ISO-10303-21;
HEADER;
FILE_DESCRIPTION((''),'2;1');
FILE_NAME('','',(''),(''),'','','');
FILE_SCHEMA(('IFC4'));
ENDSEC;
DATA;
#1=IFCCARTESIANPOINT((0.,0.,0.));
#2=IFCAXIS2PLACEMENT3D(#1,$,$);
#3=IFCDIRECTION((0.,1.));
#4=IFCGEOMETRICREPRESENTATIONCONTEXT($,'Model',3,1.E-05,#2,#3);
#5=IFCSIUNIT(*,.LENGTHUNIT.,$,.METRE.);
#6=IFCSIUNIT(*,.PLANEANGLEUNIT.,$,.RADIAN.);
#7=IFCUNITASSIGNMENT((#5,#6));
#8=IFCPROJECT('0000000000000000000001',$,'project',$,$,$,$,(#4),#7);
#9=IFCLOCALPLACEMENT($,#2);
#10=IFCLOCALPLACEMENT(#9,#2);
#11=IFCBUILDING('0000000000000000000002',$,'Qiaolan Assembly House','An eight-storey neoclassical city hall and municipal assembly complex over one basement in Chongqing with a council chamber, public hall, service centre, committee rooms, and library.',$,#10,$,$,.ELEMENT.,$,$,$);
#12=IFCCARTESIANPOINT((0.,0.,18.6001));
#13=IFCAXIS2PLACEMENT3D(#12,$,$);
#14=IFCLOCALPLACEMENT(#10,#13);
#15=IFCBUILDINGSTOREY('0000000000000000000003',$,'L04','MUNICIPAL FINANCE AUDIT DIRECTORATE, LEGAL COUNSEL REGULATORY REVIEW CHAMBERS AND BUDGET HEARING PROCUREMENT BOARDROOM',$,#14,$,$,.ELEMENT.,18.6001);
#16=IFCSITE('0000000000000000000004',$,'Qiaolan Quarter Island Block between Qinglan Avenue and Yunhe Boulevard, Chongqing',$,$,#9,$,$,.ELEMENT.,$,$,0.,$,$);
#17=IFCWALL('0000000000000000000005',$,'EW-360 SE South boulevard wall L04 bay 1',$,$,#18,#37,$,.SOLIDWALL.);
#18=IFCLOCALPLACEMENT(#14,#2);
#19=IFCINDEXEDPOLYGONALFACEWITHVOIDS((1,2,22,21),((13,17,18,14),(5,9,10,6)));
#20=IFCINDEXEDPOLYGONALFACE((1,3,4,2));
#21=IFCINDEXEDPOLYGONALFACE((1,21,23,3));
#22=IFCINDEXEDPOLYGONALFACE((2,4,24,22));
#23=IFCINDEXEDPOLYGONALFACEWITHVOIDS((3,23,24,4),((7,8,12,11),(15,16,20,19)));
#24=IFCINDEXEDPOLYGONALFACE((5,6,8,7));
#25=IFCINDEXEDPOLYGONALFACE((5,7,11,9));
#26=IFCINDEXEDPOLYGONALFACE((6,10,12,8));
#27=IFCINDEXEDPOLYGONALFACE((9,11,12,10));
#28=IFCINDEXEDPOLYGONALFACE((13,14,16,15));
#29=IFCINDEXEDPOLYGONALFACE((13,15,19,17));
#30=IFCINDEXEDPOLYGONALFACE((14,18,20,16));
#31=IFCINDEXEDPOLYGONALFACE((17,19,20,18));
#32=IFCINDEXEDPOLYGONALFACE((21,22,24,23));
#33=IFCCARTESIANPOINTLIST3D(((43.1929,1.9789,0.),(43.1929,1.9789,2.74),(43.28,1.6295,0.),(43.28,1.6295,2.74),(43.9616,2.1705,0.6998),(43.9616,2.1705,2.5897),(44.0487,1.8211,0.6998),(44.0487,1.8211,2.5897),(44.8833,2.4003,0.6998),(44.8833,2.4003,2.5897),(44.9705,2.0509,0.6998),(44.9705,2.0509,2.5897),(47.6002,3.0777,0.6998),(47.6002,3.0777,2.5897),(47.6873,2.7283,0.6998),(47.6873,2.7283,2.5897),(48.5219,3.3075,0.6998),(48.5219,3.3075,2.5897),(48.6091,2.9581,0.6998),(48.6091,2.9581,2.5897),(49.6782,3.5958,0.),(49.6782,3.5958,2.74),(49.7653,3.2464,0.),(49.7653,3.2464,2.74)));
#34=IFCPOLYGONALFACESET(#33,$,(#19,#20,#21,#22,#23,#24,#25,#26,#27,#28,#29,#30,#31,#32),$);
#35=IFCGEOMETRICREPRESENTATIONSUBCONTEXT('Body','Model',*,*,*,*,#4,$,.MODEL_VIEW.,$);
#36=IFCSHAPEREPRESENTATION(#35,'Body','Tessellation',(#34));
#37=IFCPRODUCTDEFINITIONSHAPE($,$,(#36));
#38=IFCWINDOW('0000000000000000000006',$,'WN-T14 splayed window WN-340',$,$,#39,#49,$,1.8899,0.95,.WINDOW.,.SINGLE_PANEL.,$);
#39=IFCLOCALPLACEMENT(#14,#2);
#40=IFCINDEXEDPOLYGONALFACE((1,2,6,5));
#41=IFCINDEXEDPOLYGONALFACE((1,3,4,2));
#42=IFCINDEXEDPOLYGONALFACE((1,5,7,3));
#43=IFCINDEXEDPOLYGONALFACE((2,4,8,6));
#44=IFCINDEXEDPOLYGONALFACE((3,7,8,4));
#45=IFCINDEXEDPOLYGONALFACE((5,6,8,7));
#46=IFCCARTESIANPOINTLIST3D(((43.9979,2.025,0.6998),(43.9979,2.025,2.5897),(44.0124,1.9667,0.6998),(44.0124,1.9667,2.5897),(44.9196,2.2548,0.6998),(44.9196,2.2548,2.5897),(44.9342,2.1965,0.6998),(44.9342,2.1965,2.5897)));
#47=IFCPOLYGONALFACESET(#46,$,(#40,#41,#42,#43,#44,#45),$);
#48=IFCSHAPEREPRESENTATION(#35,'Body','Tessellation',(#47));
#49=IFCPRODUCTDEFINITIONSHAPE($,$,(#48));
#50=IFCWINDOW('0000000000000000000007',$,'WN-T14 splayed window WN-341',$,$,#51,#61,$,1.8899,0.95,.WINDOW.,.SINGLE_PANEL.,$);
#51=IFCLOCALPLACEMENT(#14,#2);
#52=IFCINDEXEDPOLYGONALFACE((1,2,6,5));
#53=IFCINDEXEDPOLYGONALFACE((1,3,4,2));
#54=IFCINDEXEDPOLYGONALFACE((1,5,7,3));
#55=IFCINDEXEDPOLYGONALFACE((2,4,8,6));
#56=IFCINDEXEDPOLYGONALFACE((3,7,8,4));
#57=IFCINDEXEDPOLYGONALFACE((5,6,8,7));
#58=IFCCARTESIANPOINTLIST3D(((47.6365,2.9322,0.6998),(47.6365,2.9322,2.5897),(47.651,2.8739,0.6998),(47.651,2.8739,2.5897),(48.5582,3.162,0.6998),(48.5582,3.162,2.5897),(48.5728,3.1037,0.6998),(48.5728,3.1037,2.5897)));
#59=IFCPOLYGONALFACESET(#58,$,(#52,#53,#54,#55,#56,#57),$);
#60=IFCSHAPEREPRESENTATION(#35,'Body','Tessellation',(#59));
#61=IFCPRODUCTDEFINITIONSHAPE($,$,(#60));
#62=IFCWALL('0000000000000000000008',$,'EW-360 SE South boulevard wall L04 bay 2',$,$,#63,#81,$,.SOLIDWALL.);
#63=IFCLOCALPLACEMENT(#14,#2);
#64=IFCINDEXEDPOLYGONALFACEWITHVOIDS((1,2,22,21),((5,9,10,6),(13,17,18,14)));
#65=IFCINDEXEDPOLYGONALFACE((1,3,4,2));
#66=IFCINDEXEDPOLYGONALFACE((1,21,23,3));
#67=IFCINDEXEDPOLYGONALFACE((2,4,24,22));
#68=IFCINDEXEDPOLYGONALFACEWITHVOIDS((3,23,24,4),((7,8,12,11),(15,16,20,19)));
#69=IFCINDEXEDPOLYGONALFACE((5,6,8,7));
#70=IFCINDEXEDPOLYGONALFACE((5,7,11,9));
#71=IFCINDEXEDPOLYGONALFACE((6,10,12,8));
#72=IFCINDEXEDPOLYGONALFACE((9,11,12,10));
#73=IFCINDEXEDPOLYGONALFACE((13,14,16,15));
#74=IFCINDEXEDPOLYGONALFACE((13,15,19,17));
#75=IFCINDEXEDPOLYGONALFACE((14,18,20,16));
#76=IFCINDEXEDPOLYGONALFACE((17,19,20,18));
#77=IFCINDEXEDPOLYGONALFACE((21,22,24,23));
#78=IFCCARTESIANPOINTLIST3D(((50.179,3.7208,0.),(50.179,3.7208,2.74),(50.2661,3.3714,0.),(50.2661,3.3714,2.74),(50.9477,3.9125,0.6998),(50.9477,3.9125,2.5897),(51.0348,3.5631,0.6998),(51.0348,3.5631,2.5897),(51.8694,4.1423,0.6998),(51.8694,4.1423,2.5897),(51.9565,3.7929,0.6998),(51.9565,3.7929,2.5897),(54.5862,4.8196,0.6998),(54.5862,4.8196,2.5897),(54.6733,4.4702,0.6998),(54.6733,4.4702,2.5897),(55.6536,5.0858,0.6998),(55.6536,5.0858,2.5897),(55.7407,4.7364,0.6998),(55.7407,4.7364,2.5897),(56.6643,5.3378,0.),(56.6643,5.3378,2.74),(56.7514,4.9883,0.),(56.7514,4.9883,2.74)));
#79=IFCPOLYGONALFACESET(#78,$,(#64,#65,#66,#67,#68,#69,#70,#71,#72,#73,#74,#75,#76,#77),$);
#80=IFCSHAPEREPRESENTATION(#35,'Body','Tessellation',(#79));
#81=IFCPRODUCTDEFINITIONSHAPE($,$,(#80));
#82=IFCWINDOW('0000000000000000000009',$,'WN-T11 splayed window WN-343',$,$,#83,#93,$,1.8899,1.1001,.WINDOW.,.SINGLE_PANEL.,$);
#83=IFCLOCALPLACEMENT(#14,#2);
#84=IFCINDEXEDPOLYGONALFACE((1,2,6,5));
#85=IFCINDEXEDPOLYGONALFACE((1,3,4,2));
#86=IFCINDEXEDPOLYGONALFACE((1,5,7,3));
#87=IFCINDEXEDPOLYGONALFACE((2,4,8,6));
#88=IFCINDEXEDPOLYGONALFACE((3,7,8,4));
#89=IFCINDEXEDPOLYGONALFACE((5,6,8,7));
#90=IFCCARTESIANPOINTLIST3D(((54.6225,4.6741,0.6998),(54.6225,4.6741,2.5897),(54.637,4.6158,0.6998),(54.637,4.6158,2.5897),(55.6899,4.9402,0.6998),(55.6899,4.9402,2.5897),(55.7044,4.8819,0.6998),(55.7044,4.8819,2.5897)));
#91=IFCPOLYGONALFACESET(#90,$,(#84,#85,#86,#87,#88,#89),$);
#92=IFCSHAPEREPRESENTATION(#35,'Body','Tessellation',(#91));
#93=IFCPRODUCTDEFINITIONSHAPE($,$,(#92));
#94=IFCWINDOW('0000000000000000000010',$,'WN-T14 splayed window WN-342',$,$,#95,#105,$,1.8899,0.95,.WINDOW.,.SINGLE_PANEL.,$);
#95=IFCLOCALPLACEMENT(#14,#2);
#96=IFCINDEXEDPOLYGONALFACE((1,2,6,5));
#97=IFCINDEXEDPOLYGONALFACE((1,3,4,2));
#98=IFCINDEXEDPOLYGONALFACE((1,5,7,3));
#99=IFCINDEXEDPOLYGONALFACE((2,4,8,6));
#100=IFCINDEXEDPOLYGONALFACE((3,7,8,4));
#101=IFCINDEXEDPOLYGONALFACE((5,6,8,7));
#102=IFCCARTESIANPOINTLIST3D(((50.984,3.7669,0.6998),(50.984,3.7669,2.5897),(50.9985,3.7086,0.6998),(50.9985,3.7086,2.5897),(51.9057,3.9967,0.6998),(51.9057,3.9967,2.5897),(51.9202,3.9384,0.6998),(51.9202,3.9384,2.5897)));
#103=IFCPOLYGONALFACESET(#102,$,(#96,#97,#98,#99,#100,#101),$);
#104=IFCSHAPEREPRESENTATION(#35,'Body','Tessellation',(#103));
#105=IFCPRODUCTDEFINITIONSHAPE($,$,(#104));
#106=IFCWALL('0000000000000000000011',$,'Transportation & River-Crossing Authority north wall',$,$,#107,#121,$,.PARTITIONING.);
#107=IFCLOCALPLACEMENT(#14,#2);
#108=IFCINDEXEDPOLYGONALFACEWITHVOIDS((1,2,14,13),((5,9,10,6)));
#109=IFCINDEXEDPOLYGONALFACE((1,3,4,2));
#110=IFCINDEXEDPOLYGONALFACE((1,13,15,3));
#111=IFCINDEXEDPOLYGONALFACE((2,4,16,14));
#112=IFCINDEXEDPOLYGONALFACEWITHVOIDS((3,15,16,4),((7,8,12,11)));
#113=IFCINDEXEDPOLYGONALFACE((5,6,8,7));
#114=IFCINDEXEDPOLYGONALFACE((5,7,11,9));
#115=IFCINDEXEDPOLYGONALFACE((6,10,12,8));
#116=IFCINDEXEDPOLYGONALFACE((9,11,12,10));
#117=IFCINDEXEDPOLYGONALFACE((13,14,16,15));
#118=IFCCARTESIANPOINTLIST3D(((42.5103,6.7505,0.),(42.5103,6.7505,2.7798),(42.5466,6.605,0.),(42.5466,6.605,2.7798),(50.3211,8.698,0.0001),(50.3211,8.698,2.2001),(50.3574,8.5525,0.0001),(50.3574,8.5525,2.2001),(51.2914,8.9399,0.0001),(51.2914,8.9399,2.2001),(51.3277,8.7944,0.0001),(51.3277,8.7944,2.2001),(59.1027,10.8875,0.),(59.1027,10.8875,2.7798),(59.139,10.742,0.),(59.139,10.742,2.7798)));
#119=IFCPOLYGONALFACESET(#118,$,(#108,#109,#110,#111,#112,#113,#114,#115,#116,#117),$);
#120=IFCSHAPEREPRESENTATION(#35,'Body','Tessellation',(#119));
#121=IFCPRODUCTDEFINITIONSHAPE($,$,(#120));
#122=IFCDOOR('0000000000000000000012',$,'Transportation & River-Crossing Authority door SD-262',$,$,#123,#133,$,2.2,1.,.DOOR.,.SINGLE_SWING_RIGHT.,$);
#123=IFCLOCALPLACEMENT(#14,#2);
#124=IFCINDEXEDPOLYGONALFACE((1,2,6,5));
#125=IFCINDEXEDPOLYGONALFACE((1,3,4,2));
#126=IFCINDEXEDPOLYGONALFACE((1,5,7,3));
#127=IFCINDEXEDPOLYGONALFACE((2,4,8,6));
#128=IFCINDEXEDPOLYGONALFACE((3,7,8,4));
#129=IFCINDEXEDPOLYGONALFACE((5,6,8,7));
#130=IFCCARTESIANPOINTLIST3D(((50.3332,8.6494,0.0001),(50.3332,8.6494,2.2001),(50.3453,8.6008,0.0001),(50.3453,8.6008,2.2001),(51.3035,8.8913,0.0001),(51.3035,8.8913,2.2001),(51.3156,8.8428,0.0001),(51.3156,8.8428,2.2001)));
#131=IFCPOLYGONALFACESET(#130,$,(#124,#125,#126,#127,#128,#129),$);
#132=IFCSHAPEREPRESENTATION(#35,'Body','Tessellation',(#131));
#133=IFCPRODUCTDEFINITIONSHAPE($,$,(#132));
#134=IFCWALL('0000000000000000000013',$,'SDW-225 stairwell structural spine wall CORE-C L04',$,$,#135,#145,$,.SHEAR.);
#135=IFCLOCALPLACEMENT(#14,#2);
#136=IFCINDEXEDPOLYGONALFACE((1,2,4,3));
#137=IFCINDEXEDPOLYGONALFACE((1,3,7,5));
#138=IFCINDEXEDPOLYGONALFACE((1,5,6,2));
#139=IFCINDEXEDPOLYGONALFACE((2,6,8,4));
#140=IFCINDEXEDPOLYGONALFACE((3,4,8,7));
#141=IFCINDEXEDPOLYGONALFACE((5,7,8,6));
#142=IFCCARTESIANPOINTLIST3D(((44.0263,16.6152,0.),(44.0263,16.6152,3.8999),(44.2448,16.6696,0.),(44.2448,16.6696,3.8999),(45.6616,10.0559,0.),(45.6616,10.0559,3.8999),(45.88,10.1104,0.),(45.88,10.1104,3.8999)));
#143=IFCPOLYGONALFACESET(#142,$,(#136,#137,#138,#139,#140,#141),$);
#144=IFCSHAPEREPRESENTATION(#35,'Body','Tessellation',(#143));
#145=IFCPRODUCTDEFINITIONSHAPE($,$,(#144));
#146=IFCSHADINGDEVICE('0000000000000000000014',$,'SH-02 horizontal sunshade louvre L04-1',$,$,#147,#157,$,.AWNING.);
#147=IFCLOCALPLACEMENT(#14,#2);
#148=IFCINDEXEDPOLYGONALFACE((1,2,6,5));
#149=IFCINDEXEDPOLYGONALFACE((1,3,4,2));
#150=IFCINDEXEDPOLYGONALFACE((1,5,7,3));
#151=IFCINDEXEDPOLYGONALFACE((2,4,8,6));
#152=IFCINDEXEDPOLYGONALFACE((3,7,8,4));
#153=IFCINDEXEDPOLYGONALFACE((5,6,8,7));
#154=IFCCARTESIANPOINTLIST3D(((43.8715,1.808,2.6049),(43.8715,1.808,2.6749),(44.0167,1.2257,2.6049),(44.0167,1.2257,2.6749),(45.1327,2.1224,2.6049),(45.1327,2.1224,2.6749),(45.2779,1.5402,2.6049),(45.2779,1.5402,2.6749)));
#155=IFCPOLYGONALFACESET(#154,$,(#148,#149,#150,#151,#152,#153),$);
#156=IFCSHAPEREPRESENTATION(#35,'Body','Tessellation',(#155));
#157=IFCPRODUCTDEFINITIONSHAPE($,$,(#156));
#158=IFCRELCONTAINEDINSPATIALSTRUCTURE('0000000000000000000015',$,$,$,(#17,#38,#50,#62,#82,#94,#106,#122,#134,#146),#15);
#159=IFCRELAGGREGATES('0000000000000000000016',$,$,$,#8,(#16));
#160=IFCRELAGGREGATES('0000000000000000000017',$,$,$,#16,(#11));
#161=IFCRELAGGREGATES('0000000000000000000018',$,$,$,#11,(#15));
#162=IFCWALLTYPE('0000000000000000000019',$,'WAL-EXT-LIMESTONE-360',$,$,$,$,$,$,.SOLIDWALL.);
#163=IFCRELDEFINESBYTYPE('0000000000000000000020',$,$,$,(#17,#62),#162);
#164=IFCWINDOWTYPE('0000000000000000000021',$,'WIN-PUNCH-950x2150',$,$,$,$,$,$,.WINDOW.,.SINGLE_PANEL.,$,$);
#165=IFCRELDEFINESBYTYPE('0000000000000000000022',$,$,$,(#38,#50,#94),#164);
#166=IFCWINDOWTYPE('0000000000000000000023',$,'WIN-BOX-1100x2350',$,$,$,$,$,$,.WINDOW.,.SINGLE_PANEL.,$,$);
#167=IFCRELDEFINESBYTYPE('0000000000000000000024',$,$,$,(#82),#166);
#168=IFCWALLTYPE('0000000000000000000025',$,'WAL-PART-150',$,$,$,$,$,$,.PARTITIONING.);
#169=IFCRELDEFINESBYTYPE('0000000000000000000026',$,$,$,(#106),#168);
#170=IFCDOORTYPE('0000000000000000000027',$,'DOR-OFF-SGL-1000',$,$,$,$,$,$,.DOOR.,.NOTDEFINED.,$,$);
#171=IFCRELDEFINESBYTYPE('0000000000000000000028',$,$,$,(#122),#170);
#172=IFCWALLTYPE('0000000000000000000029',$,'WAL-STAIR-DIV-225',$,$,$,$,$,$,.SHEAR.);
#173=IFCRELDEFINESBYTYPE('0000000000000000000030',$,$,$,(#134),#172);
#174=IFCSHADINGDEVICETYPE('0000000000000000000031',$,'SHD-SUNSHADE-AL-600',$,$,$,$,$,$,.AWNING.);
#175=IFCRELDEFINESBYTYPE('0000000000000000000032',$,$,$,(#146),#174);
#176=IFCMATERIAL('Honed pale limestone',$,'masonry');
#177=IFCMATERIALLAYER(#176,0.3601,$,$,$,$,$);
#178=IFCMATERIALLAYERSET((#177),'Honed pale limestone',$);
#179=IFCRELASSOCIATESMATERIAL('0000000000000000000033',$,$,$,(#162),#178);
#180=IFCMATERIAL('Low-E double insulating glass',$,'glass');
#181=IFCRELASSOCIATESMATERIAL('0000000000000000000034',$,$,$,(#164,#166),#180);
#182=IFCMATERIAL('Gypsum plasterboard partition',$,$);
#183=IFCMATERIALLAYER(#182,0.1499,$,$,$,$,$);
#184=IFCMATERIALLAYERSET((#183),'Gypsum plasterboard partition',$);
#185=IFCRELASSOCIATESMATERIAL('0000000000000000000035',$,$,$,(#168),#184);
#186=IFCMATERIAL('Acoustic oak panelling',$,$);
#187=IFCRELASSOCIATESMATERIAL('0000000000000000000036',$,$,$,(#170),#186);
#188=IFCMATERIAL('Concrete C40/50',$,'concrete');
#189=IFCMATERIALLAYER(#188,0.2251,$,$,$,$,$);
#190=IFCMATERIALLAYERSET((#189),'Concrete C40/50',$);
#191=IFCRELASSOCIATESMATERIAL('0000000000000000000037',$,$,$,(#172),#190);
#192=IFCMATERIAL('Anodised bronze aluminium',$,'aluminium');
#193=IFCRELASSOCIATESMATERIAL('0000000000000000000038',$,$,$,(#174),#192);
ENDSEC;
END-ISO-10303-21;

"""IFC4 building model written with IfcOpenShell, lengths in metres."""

from ifc_helpers import new_model, si_unit, direction, frame, frame_2d, origin, origin_2d, place, context, subcontext, project, spatial, rectangle, extrude, material, layer, layer_set, material_profile, profile_set, type_object, element, fill, save


model = new_model("IFC4")

# Units and contexts
model_context = context("Model", 3, precision=1e-05, world=origin(), true_north=direction((0.0, 1.0)))
body_context = subcontext(model_context, "Body", "Model", "MODEL_VIEW")
ifc_project = project(units=[si_unit("LENGTHUNIT", "METRE"), si_unit("PLANEANGLEUNIT", "RADIAN")], contexts=[model_context])

# Site, building, storey
site_placement = place(None, origin())
site = spatial("IfcSite", under=ifc_project, at=site_placement, Name="Qiaolan Quarter Island Block between Qinglan Avenue and Yunhe Boulevard, Chongqing", CompositionType="ELEMENT", RefElevation=0.0)
building_placement = place(site_placement, origin())
building = spatial("IfcBuilding", under=site, at=building_placement, Name="Qiaolan Assembly House", Description="An eight-storey neoclassical city hall and municipal assembly complex over one basement in Chongqing with a council chamber, public hall, service centre, committee rooms, and library.", CompositionType="ELEMENT")
storey_placement = place(building_placement, frame((0.0, 0.0, 18.6001)))
storey = spatial("IfcBuildingStorey", under=building, at=storey_placement, Name="L04", Description="MUNICIPAL FINANCE AUDIT DIRECTORATE, LEGAL COUNSEL REGULATORY REVIEW CHAMBERS AND BUDGET HEARING PROCUREMENT BOARDROOM", CompositionType="ELEMENT", Elevation=18.6001)

# Shared definitions
ifc_material_1 = material(Name="Concrete C40/50", Category="concrete")

# Walls, openings, windows
ifc_material_2 = material(Name="Honed pale limestone", Category="masonry")
ifc_layer_1 = layer(ifc_material_2, 0.3601)
ifc_layer_set_1 = layer_set([ifc_layer_1], Name="Honed pale limestone")
wall_type_1 = type_object("IfcWallType", Name="WAL-EXT-LIMESTONE-360", PredefinedType="SOLIDWALL", material=ifc_layer_set_1)
wall_1_placement = place(storey_placement, frame((43.2366, 1.8042, 0.0), z_axis=(0.0, 0.0, 1.0), x_axis=(0.970297, 0.241917, 0.0)))
wall_1 = element("IfcWall", 1, at=wall_1_placement, inside=storey, type_object=wall_type_1, Name="EW-360 SE South boulevard wall L04 bay 1", PredefinedType="SOLIDWALL", context=body_context, shape_type="SweptSolid", body=[
    extrude(rectangle(XDim=6.6838, YDim=0.3601, at=frame_2d((3.3418, 0.0))), origin(), (0.0, 0.0, 1.0), 2.74),
])
opening_1_placement = place(wall_1_placement, frame((0.792, 0.0, 0.7)))
opening_1 = element("IfcOpeningElement", 2, at=opening_1_placement, cuts=wall_1, PredefinedType="OPENING", context=body_context, shape_type="SweptSolid", body=[
    extrude(rectangle(XDim=0.95, YDim=1.8899, at=frame_2d((0.4751, 0.9448))), frame((0.0, 0.1899, 0.0), z_axis=(0.0, -1.0, 0.0), x_axis=(1.0, 0.0, 0.0)), (0.0, 0.0, 1.0), 0.3801),
])
opening_2_placement = place(wall_1_placement, frame((4.542, 0.0, 0.7)))
opening_2 = element("IfcOpeningElement", 3, at=opening_2_placement, cuts=wall_1, PredefinedType="OPENING", context=body_context, shape_type="SweptSolid", body=[
    extrude(rectangle(XDim=0.95, YDim=1.8899, at=frame_2d((0.4751, 0.9448))), frame((0.0, 0.1899, 0.0), z_axis=(0.0, -1.0, 0.0), x_axis=(1.0, 0.0, 0.0)), (0.0, 0.0, 1.0), 0.3801),
])
ifc_material_3 = material(Name="Low-E double insulating glass", Category="glass")
window_type_1 = type_object("IfcWindowType", Name="WIN-PUNCH-950x2150", PartitioningType="SINGLE_PANEL", PredefinedType="WINDOW", material=ifc_material_3)
window_1_placement = place(opening_1_placement, origin())
window_1 = element("IfcWindow", 4, at=window_1_placement, inside=storey, type_object=window_type_1, Name="WN-T14 splayed window WN-340", OverallHeight=1.8899, OverallWidth=0.95, PartitioningType="SINGLE_PANEL", PredefinedType="WINDOW", context=body_context, shape_type="SweptSolid", body=[
    extrude(rectangle(XDim=0.95, YDim=1.8899, at=frame_2d((0.4751, 0.9448))), frame((0.0, 0.03, 0.0), z_axis=(0.0, -1.0, 0.0), x_axis=(1.0, 0.0, 0.0)), (0.0, 0.0, 1.0), 0.0601),
])
fill(opening_1, window_1)
window_2_placement = place(opening_2_placement, origin())
window_2 = element("IfcWindow", 5, at=window_2_placement, inside=storey, type_object=window_type_1, Name="WN-T14 splayed window WN-341", OverallHeight=1.8899, OverallWidth=0.95, PartitioningType="SINGLE_PANEL", PredefinedType="WINDOW", context=body_context, shape_type="SweptSolid", body=[
    extrude(rectangle(XDim=0.95, YDim=1.8899, at=frame_2d((0.4751, 0.9448))), frame((0.0, 0.03, 0.0), z_axis=(0.0, -1.0, 0.0), x_axis=(1.0, 0.0, 0.0)), (0.0, 0.0, 1.0), 0.0601),
])
fill(opening_2, window_2)
wall_2_placement = place(storey_placement, frame((50.2227, 3.5461, 0.0), z_axis=(0.0, 0.0, 1.0), x_axis=(0.970297, 0.241917, 0.0)))
wall_2 = element("IfcWall", 6, at=wall_2_placement, inside=storey, type_object=wall_type_1, Name="EW-360 SE South boulevard wall L04 bay 2", PredefinedType="SOLIDWALL", context=body_context, shape_type="SweptSolid", body=[
    extrude(rectangle(XDim=6.6838, YDim=0.3601, at=frame_2d((3.3418, 0.0))), origin(), (0.0, 0.0, 1.0), 2.74),
])
opening_3_placement = place(wall_2_placement, frame((0.792, 0.0, 0.7)))
opening_3 = element("IfcOpeningElement", 7, at=opening_3_placement, cuts=wall_2, PredefinedType="OPENING", context=body_context, shape_type="SweptSolid", body=[
    extrude(rectangle(XDim=0.95, YDim=1.8899, at=frame_2d((0.4751, 0.9448))), frame((0.0, 0.1899, 0.0), z_axis=(0.0, -1.0, 0.0), x_axis=(1.0, 0.0, 0.0)), (0.0, 0.0, 1.0), 0.3801),
])
opening_4_placement = place(wall_2_placement, frame((4.542, 0.0, 0.7)))
opening_4 = element("IfcOpeningElement", 8, at=opening_4_placement, cuts=wall_2, PredefinedType="OPENING", context=body_context, shape_type="SweptSolid", body=[
    extrude(rectangle(XDim=1.1001, YDim=1.8899, at=frame_2d((0.55, 0.9448))), frame((0.0, 0.1899, 0.0), z_axis=(0.0, -1.0, 0.0), x_axis=(1.0, 0.0, 0.0)), (0.0, 0.0, 1.0), 0.3801),
])
window_type_2 = type_object("IfcWindowType", Name="WIN-BOX-1100x2350", PartitioningType="SINGLE_PANEL", PredefinedType="WINDOW", material=ifc_material_3)
window_3_placement = place(opening_4_placement, origin())
window_3 = element("IfcWindow", 9, at=window_3_placement, inside=storey, type_object=window_type_2, Name="WN-T11 splayed window WN-343", OverallHeight=1.8899, OverallWidth=1.1001, PartitioningType="SINGLE_PANEL", PredefinedType="WINDOW", context=body_context, shape_type="SweptSolid", body=[
    extrude(rectangle(XDim=1.1001, YDim=1.8899, at=frame_2d((0.55, 0.9448))), frame((0.0, 0.03, 0.0), z_axis=(0.0, -1.0, 0.0), x_axis=(1.0, 0.0, 0.0)), (0.0, 0.0, 1.0), 0.0601),
])
fill(opening_4, window_3)
window_4_placement = place(opening_3_placement, origin())
window_4 = element("IfcWindow", 10, at=window_4_placement, inside=storey, type_object=window_type_1, Name="WN-T14 splayed window WN-342", OverallHeight=1.8899, OverallWidth=0.95, PartitioningType="SINGLE_PANEL", PredefinedType="WINDOW", context=body_context, shape_type="SweptSolid", body=[
    extrude(rectangle(XDim=0.95, YDim=1.8899, at=frame_2d((0.4751, 0.9448))), frame((0.0, 0.03, 0.0), z_axis=(0.0, -1.0, 0.0), x_axis=(1.0, 0.0, 0.0)), (0.0, 0.0, 1.0), 0.0601),
])
fill(opening_3, window_4)

# Wall, opening, door
ifc_material_4 = material(Name="Gypsum plasterboard partition")
ifc_layer_2 = layer(ifc_material_4, 0.1499)
ifc_layer_set_2 = layer_set([ifc_layer_2], Name="Gypsum plasterboard partition")
wall_type_2 = type_object("IfcWallType", Name="WAL-PART-150", PredefinedType="PARTITIONING", material=ifc_layer_set_2)
wall_3_placement = place(storey_placement, frame((42.5283, 6.6777, 0.0), z_axis=(0.0, 0.0, 1.0), x_axis=(0.970295, 0.241924, 0.0)))
wall_3 = element("IfcWall", 11, at=wall_3_placement, inside=storey, type_object=wall_type_2, Name="Transportation & River-Crossing Authority north wall", PredefinedType="PARTITIONING", context=body_context, shape_type="SweptSolid", body=[
    extrude(rectangle(XDim=17.1003, YDim=0.1499, at=frame_2d((8.5503, 0.0))), origin(), (0.0, 0.0, 1.0), 2.7798),
])
opening_5_placement = place(wall_3_placement, frame((8.05, 0.0, 0.0)))
opening_5 = element("IfcOpeningElement", 12, at=opening_5_placement, cuts=wall_3, PredefinedType="OPENING", context=body_context, shape_type="SweptSolid", body=[
    extrude(rectangle(XDim=1.0, YDim=2.2, at=frame_2d((0.5, 1.1001))), frame((0.0, 0.085, 0.0), z_axis=(0.0, -1.0, 0.0), x_axis=(1.0, 0.0, 0.0)), (0.0, 0.0, 1.0), 0.1699),
])
ifc_material_5 = material(Name="Acoustic oak panelling")
door_type = type_object("IfcDoorType", Name="DOR-OFF-SGL-1000", OperationType="NOTDEFINED", PredefinedType="DOOR", material=ifc_material_5)
door_placement = place(opening_5_placement, origin())
door = element("IfcDoor", 13, at=door_placement, inside=storey, type_object=door_type, Name="Transportation & River-Crossing Authority door SD-262", OperationType="SINGLE_SWING_RIGHT", OverallHeight=2.2, OverallWidth=1.0, PredefinedType="DOOR", context=body_context, shape_type="SweptSolid", body=[
    extrude(rectangle(XDim=1.0, YDim=2.2, at=frame_2d((0.5, 1.1001))), frame((0.0, 0.0249, 0.0), z_axis=(0.0, -1.0, 0.0), x_axis=(1.0, 0.0, 0.0)), (0.0, 0.0, 1.0), 0.05),
])
fill(opening_5, door)

# Wall
ifc_layer_3 = layer(ifc_material_1, 0.2251)
ifc_layer_set_3 = layer_set([ifc_layer_3], Name="Concrete C40/50")
wall_type_3 = type_object("IfcWallType", Name="WAL-STAIR-DIV-225", PredefinedType="SHEAR", material=ifc_layer_set_3)
wall_4_placement = place(storey_placement, frame((45.7708, 10.0833, 0.0), z_axis=(0.0, 0.0, 1.0), x_axis=(-0.241898, 0.970302, 0.0)))
element("IfcWall", 14, at=wall_4_placement, inside=storey, type_object=wall_type_3, Name="SDW-225 stairwell structural spine wall CORE-C L04", PredefinedType="SHEAR", context=body_context, shape_type="SweptSolid", body=[
    extrude(rectangle(XDim=6.76, YDim=0.2251, at=frame_2d((3.3799, 0.0))), origin(), (0.0, 0.0, 1.0), 3.8999),
])

# Shared definitions
ifc_material_6 = material(Name="Anodised bronze aluminium", Category="aluminium")

# Shading device
ifc_material_profile_1 = material_profile(ifc_material_6, rectangle(XDim=0.6001, YDim=0.0701, at=origin_2d()), Name="SHD 600x70")
ifc_profile_set_1 = profile_set([ifc_material_profile_1], Name="Anodised bronze aluminium")
shading_device_type = type_object("IfcShadingDeviceType", Name="SHD-SUNSHADE-AL-600", PredefinedType="AWNING", material=ifc_profile_set_1)
shading_device_1_placement = place(storey_placement, frame((43.9441, 1.5168, 2.6399), z_axis=(0.970297, 0.241917, 0.0), x_axis=(-0.241917, 0.970297, 0.0)))
element("IfcShadingDevice", 15, at=shading_device_1_placement, inside=storey, type_object=shading_device_type, Name="SH-02 horizontal sunshade louvre L04-1", PredefinedType="AWNING", context=body_context, shape_type="SweptSolid", body=[
    extrude(rectangle(XDim=0.6001, YDim=0.0701, at=origin_2d()), origin(), (0.0, 0.0, 1.0), 1.2998),
])

save(model, "model.ifc")
